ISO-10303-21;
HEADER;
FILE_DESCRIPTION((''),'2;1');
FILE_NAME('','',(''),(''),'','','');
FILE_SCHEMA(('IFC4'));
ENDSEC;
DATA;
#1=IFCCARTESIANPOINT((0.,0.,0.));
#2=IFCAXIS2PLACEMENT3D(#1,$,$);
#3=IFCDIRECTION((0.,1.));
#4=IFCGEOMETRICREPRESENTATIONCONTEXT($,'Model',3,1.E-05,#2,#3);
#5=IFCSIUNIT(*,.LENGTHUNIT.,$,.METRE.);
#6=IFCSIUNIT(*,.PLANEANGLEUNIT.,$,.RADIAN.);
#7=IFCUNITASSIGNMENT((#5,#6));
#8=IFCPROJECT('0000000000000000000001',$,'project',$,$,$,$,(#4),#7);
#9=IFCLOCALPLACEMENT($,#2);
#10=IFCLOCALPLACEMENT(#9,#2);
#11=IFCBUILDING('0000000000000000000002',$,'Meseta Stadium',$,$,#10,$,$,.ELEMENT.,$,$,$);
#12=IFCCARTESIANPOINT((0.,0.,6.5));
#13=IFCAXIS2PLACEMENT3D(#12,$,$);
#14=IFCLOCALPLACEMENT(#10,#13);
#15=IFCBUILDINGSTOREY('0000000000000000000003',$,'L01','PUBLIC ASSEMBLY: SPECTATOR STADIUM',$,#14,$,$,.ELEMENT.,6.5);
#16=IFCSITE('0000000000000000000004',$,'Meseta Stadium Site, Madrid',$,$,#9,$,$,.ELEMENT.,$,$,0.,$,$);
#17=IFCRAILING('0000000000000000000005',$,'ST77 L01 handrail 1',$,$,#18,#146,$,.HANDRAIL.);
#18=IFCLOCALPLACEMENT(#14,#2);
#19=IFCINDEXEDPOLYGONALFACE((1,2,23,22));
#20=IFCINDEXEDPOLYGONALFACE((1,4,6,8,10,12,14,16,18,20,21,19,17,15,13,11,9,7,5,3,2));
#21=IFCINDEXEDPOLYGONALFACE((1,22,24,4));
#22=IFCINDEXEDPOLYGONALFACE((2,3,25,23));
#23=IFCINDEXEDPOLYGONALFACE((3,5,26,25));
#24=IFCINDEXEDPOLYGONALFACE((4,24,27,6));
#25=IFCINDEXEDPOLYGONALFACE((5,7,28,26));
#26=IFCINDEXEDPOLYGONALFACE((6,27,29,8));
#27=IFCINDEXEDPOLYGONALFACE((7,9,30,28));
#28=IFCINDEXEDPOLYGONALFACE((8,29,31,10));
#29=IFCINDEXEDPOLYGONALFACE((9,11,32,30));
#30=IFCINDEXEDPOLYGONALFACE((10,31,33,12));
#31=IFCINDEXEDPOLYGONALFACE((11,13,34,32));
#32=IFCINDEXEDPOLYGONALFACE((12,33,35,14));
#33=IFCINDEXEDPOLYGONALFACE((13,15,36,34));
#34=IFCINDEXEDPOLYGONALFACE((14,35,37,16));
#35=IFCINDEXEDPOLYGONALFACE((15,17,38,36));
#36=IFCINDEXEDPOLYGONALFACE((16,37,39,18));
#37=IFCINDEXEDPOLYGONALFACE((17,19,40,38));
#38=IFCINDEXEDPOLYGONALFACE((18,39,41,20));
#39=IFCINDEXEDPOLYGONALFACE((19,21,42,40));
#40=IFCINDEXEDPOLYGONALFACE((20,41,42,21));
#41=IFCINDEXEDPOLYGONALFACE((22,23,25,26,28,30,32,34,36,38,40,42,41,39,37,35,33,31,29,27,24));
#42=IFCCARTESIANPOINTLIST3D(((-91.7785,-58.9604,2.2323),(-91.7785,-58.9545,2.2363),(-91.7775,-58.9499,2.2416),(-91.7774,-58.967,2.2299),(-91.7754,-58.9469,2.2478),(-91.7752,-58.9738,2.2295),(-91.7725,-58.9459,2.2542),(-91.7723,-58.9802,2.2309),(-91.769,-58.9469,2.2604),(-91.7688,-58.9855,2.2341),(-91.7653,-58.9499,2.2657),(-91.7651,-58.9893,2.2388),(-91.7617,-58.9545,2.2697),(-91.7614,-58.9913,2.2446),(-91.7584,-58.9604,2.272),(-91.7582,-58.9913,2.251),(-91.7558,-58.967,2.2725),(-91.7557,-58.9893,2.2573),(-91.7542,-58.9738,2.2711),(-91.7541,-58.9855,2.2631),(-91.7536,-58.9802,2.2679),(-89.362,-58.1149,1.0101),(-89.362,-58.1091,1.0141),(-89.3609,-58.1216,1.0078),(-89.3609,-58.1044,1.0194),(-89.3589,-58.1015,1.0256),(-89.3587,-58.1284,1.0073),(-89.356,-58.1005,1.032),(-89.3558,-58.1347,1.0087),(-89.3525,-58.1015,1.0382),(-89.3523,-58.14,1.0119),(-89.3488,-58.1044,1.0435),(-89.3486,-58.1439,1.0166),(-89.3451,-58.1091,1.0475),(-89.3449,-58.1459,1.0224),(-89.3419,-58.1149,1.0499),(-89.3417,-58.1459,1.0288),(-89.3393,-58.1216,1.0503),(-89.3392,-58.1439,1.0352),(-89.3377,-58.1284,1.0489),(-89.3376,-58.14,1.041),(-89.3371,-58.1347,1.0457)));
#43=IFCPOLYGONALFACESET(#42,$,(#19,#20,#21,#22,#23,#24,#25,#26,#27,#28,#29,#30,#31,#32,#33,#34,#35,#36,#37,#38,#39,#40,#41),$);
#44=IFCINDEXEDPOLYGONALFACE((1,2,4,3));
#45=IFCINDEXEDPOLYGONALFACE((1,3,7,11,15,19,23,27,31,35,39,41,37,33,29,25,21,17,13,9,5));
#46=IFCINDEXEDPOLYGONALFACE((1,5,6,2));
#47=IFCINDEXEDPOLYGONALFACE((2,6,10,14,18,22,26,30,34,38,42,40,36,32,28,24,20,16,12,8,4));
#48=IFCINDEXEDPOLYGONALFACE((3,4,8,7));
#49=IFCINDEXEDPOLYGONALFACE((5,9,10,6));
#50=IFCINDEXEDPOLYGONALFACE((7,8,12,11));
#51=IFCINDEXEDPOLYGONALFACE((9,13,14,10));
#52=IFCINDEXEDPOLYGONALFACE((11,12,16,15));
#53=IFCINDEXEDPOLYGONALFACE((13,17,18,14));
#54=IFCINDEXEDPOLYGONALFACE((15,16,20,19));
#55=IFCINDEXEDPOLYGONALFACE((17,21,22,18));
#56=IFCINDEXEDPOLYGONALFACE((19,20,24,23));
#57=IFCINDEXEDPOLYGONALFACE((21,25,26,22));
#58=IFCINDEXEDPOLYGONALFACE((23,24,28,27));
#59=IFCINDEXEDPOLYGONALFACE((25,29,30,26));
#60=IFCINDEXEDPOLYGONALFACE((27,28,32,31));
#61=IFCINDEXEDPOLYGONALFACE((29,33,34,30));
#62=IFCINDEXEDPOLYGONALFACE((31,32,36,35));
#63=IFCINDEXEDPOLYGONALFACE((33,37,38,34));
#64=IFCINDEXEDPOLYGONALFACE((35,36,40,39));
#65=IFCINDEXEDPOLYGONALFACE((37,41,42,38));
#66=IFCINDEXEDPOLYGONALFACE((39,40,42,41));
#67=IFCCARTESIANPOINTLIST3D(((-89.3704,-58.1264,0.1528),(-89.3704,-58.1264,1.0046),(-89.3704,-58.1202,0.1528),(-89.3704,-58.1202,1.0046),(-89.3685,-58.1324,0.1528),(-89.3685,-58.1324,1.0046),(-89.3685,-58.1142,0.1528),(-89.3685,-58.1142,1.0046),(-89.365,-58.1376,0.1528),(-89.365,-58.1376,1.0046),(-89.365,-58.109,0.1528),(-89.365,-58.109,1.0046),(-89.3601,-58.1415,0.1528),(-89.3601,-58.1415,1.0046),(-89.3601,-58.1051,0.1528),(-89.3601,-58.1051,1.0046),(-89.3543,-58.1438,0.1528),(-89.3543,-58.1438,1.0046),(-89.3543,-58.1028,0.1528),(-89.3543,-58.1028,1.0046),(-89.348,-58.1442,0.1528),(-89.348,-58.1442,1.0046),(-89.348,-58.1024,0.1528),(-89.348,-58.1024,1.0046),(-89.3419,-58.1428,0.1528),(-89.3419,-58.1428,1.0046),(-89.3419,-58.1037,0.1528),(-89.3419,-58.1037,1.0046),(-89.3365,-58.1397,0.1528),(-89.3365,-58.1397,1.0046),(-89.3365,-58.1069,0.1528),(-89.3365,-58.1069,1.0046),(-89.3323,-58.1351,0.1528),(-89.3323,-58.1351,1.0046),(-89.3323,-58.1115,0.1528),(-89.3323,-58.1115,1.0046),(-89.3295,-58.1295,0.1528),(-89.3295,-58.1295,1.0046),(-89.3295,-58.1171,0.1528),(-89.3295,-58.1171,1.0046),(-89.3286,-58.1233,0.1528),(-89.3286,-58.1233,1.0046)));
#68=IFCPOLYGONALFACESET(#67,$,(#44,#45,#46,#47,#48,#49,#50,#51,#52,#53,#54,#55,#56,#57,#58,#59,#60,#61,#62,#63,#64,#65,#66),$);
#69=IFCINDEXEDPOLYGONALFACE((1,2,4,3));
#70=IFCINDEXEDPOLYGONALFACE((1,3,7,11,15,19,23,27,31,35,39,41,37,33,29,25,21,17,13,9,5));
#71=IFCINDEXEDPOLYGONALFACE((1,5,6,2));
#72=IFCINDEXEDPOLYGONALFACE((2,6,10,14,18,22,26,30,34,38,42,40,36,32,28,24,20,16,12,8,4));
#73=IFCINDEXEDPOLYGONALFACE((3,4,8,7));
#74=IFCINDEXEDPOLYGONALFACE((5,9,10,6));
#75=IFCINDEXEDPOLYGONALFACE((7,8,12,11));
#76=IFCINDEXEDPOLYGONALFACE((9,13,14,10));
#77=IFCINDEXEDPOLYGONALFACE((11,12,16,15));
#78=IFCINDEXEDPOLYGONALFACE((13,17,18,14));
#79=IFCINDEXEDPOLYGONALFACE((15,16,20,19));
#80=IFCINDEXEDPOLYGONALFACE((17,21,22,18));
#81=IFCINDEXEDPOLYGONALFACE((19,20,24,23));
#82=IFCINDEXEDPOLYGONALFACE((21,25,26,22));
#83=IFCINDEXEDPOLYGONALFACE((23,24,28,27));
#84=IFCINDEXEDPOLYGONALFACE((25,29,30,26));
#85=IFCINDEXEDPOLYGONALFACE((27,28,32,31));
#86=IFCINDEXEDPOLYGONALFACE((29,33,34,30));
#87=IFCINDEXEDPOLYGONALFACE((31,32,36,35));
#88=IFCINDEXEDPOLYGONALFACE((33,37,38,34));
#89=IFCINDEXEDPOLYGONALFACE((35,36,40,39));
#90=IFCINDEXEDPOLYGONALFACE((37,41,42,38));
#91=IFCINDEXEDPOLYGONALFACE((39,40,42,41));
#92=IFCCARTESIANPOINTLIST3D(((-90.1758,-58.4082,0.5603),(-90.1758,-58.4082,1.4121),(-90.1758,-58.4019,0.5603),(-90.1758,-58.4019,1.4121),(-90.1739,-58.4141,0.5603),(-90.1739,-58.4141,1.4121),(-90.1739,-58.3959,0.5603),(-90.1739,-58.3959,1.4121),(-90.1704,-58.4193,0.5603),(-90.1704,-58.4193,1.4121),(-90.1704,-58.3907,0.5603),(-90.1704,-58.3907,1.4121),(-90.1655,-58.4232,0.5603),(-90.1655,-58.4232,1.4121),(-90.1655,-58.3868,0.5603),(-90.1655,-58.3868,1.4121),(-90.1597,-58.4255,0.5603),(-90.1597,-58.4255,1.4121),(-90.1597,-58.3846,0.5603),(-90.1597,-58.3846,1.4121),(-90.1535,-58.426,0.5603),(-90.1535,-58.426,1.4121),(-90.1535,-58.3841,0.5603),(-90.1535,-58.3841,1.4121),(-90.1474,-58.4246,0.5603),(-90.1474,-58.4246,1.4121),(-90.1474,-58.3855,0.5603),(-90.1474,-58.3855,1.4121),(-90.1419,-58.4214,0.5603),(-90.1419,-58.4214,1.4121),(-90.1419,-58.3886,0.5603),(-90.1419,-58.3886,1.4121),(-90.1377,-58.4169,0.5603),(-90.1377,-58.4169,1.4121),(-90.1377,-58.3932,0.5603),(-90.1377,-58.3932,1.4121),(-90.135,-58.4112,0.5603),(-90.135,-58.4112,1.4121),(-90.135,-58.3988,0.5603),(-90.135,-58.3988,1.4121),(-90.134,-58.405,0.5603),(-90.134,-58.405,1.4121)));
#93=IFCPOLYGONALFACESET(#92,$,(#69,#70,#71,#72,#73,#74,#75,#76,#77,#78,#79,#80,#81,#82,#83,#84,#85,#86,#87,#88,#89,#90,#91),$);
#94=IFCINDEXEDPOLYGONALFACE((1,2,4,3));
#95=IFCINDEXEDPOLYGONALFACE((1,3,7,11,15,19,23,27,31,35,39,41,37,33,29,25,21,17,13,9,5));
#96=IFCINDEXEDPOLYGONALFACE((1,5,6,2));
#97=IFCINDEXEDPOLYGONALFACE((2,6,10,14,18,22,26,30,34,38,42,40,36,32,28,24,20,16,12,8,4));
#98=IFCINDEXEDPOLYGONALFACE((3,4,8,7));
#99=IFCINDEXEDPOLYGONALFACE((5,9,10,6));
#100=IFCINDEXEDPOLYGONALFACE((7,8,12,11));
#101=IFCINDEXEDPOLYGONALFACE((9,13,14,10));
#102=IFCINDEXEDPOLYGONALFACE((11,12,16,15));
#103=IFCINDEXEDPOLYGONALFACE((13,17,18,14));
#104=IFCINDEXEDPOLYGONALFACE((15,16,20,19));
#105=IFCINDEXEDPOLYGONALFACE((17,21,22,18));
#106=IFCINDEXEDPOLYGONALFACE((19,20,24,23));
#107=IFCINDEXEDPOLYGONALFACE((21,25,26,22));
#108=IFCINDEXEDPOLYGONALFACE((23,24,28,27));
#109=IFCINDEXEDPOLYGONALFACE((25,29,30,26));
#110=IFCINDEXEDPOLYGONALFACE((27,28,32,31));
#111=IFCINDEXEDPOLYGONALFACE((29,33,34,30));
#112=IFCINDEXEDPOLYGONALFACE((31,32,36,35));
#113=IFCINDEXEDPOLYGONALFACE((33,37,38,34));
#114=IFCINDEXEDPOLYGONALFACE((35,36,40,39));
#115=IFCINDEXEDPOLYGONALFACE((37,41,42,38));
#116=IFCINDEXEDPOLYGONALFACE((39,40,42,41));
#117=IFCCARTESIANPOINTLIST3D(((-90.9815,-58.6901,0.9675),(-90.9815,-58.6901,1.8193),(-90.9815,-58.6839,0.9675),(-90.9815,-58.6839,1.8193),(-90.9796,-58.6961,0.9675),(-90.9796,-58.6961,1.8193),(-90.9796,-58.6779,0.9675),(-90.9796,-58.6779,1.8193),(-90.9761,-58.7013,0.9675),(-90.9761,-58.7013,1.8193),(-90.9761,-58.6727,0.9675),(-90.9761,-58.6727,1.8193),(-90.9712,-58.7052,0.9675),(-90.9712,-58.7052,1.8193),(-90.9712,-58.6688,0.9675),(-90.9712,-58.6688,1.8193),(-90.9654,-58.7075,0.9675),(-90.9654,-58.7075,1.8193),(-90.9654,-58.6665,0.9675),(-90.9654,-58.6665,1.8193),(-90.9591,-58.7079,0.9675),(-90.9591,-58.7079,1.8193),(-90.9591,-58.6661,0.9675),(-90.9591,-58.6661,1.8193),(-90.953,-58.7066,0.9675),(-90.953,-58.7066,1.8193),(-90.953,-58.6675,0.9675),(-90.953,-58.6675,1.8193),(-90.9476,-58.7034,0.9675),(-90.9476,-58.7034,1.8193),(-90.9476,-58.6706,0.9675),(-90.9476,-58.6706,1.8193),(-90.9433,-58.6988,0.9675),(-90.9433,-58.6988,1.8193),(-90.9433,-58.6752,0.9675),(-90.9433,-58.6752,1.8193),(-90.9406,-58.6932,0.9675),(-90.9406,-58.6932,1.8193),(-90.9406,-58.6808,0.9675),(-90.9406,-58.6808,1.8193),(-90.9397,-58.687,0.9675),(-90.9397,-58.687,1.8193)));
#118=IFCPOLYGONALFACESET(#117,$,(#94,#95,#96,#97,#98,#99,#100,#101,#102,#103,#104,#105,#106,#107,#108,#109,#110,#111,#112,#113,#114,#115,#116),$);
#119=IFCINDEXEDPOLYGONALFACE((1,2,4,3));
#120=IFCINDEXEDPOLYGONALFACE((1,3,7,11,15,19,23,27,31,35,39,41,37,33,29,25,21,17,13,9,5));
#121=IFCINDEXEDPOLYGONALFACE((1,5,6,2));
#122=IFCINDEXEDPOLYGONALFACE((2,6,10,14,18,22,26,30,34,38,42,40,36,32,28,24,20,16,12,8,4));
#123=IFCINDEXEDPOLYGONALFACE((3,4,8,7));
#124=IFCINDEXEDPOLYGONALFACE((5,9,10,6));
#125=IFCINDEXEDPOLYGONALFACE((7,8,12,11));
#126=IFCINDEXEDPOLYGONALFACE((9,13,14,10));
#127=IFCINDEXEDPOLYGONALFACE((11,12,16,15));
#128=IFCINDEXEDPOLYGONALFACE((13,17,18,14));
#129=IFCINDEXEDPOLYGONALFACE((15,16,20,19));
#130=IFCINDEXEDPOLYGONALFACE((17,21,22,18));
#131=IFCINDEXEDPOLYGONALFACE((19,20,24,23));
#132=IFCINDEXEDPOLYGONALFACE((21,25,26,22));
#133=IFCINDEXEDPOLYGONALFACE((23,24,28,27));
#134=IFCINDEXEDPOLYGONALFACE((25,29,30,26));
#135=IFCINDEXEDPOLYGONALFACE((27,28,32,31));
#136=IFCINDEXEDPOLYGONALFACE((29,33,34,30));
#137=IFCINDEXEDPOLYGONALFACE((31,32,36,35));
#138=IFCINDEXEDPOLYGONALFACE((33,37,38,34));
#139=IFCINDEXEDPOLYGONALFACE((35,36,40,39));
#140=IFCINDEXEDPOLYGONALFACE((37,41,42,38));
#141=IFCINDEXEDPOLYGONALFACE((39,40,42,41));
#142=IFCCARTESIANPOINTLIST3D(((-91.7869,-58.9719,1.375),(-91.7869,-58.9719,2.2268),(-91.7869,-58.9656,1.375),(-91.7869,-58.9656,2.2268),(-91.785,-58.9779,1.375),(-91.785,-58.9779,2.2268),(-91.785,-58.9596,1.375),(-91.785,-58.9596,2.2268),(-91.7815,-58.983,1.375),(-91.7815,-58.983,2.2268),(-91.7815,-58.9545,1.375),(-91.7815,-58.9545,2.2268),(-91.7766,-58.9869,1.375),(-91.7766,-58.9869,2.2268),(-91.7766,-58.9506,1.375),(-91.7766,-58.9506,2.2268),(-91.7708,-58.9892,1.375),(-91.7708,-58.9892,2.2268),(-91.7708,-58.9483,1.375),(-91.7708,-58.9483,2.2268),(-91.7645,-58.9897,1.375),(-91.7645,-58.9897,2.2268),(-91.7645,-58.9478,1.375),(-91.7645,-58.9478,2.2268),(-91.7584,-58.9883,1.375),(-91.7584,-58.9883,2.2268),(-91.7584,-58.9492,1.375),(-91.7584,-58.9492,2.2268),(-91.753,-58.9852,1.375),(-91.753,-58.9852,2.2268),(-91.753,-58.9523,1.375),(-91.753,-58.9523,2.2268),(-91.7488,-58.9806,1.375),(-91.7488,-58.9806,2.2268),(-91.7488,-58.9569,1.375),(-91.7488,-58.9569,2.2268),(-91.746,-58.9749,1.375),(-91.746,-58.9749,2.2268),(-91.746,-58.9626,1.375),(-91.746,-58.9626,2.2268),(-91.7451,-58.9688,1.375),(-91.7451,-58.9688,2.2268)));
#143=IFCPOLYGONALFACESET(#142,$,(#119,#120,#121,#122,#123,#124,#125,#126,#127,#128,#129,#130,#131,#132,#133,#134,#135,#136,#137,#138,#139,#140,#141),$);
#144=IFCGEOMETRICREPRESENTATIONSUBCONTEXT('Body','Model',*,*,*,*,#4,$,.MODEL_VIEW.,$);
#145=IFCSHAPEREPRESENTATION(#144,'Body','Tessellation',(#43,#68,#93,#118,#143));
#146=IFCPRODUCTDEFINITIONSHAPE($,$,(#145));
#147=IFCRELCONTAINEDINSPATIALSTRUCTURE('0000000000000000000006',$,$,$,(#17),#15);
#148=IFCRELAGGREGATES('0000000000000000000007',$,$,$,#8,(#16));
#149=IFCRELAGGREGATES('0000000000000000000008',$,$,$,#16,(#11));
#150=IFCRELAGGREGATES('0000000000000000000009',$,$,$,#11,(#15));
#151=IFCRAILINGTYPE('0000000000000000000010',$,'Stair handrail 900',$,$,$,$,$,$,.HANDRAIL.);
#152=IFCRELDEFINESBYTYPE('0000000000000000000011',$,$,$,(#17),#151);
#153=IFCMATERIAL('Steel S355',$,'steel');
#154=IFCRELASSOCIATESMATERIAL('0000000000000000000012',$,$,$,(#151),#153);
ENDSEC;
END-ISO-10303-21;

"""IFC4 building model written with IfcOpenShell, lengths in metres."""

from ifc_helpers import new_model, si_unit, direction, frame, origin, origin_2d, place, context, subcontext, project, spatial, circle, extrude, material, type_object, element, save


model = new_model("IFC4")

# Units and contexts
model_context = context("Model", 3, precision=1e-05, world=origin(), true_north=direction((0.0, 1.0)))
body_context = subcontext(model_context, "Body", "Model", "MODEL_VIEW")
ifc_project = project(units=[si_unit("LENGTHUNIT", "METRE"), si_unit("PLANEANGLEUNIT", "RADIAN")], contexts=[model_context])

# Site, building, storey
site_placement = place(None, origin())
site = spatial("IfcSite", under=ifc_project, at=site_placement, Name="Meseta Stadium Site, Madrid", CompositionType="ELEMENT", RefElevation=0.0)
building_placement = place(site_placement, origin())
building = spatial("IfcBuilding", under=site, at=building_placement, Name="Meseta Stadium", CompositionType="ELEMENT")
storey_placement = place(building_placement, frame((0.0, 0.0, 6.5)))
storey = spatial("IfcBuildingStorey", under=building, at=storey_placement, Name="L01", Description="PUBLIC ASSEMBLY: SPECTATOR STADIUM", CompositionType="ELEMENT", Elevation=6.5)

# Railing
ifc_material_1 = material(Name="Steel S355", Category="steel")
railing_type_1 = type_object("IfcRailingType", Name="Stair handrail 900", PredefinedType="HANDRAIL", material=ifc_material_1)
railing_1_placement = place(storey_placement, frame((-89.3496, -58.1233, 0.1528)))
element("IfcRailing", 1, at=railing_1_placement, inside=storey, type_object=railing_type_1, Name="ST77 L01 handrail 1", PredefinedType="HANDRAIL", context=body_context, shape_type="SweptSolid", body=[
    extrude(circle(Radius=0.0239, at=origin_2d()), frame((0.0, 0.0, 0.876), z_axis=(-0.851812, -0.298022, 0.430811), x_axis=(0.33024, -0.943897, 0.0)), (0.0, 0.0, 1.0), 2.8369),
    extrude(circle(Radius=0.021, at=origin_2d()), origin(), (0.0, 0.0, 1.0), 0.8518),
    extrude(circle(Radius=0.021, at=origin_2d()), frame((-0.8054, -0.2817, 0.4075)), (0.0, 0.0, 1.0), 0.8518),
    extrude(circle(Radius=0.021, at=origin_2d()), frame((-1.6111, -0.5637, 0.8147)), (0.0, 0.0, 1.0), 0.8518),
    extrude(circle(Radius=0.021, at=origin_2d()), frame((-2.4165, -0.8455, 1.2222)), (0.0, 0.0, 1.0), 0.8518),
])

save(model, "model.ifc")
